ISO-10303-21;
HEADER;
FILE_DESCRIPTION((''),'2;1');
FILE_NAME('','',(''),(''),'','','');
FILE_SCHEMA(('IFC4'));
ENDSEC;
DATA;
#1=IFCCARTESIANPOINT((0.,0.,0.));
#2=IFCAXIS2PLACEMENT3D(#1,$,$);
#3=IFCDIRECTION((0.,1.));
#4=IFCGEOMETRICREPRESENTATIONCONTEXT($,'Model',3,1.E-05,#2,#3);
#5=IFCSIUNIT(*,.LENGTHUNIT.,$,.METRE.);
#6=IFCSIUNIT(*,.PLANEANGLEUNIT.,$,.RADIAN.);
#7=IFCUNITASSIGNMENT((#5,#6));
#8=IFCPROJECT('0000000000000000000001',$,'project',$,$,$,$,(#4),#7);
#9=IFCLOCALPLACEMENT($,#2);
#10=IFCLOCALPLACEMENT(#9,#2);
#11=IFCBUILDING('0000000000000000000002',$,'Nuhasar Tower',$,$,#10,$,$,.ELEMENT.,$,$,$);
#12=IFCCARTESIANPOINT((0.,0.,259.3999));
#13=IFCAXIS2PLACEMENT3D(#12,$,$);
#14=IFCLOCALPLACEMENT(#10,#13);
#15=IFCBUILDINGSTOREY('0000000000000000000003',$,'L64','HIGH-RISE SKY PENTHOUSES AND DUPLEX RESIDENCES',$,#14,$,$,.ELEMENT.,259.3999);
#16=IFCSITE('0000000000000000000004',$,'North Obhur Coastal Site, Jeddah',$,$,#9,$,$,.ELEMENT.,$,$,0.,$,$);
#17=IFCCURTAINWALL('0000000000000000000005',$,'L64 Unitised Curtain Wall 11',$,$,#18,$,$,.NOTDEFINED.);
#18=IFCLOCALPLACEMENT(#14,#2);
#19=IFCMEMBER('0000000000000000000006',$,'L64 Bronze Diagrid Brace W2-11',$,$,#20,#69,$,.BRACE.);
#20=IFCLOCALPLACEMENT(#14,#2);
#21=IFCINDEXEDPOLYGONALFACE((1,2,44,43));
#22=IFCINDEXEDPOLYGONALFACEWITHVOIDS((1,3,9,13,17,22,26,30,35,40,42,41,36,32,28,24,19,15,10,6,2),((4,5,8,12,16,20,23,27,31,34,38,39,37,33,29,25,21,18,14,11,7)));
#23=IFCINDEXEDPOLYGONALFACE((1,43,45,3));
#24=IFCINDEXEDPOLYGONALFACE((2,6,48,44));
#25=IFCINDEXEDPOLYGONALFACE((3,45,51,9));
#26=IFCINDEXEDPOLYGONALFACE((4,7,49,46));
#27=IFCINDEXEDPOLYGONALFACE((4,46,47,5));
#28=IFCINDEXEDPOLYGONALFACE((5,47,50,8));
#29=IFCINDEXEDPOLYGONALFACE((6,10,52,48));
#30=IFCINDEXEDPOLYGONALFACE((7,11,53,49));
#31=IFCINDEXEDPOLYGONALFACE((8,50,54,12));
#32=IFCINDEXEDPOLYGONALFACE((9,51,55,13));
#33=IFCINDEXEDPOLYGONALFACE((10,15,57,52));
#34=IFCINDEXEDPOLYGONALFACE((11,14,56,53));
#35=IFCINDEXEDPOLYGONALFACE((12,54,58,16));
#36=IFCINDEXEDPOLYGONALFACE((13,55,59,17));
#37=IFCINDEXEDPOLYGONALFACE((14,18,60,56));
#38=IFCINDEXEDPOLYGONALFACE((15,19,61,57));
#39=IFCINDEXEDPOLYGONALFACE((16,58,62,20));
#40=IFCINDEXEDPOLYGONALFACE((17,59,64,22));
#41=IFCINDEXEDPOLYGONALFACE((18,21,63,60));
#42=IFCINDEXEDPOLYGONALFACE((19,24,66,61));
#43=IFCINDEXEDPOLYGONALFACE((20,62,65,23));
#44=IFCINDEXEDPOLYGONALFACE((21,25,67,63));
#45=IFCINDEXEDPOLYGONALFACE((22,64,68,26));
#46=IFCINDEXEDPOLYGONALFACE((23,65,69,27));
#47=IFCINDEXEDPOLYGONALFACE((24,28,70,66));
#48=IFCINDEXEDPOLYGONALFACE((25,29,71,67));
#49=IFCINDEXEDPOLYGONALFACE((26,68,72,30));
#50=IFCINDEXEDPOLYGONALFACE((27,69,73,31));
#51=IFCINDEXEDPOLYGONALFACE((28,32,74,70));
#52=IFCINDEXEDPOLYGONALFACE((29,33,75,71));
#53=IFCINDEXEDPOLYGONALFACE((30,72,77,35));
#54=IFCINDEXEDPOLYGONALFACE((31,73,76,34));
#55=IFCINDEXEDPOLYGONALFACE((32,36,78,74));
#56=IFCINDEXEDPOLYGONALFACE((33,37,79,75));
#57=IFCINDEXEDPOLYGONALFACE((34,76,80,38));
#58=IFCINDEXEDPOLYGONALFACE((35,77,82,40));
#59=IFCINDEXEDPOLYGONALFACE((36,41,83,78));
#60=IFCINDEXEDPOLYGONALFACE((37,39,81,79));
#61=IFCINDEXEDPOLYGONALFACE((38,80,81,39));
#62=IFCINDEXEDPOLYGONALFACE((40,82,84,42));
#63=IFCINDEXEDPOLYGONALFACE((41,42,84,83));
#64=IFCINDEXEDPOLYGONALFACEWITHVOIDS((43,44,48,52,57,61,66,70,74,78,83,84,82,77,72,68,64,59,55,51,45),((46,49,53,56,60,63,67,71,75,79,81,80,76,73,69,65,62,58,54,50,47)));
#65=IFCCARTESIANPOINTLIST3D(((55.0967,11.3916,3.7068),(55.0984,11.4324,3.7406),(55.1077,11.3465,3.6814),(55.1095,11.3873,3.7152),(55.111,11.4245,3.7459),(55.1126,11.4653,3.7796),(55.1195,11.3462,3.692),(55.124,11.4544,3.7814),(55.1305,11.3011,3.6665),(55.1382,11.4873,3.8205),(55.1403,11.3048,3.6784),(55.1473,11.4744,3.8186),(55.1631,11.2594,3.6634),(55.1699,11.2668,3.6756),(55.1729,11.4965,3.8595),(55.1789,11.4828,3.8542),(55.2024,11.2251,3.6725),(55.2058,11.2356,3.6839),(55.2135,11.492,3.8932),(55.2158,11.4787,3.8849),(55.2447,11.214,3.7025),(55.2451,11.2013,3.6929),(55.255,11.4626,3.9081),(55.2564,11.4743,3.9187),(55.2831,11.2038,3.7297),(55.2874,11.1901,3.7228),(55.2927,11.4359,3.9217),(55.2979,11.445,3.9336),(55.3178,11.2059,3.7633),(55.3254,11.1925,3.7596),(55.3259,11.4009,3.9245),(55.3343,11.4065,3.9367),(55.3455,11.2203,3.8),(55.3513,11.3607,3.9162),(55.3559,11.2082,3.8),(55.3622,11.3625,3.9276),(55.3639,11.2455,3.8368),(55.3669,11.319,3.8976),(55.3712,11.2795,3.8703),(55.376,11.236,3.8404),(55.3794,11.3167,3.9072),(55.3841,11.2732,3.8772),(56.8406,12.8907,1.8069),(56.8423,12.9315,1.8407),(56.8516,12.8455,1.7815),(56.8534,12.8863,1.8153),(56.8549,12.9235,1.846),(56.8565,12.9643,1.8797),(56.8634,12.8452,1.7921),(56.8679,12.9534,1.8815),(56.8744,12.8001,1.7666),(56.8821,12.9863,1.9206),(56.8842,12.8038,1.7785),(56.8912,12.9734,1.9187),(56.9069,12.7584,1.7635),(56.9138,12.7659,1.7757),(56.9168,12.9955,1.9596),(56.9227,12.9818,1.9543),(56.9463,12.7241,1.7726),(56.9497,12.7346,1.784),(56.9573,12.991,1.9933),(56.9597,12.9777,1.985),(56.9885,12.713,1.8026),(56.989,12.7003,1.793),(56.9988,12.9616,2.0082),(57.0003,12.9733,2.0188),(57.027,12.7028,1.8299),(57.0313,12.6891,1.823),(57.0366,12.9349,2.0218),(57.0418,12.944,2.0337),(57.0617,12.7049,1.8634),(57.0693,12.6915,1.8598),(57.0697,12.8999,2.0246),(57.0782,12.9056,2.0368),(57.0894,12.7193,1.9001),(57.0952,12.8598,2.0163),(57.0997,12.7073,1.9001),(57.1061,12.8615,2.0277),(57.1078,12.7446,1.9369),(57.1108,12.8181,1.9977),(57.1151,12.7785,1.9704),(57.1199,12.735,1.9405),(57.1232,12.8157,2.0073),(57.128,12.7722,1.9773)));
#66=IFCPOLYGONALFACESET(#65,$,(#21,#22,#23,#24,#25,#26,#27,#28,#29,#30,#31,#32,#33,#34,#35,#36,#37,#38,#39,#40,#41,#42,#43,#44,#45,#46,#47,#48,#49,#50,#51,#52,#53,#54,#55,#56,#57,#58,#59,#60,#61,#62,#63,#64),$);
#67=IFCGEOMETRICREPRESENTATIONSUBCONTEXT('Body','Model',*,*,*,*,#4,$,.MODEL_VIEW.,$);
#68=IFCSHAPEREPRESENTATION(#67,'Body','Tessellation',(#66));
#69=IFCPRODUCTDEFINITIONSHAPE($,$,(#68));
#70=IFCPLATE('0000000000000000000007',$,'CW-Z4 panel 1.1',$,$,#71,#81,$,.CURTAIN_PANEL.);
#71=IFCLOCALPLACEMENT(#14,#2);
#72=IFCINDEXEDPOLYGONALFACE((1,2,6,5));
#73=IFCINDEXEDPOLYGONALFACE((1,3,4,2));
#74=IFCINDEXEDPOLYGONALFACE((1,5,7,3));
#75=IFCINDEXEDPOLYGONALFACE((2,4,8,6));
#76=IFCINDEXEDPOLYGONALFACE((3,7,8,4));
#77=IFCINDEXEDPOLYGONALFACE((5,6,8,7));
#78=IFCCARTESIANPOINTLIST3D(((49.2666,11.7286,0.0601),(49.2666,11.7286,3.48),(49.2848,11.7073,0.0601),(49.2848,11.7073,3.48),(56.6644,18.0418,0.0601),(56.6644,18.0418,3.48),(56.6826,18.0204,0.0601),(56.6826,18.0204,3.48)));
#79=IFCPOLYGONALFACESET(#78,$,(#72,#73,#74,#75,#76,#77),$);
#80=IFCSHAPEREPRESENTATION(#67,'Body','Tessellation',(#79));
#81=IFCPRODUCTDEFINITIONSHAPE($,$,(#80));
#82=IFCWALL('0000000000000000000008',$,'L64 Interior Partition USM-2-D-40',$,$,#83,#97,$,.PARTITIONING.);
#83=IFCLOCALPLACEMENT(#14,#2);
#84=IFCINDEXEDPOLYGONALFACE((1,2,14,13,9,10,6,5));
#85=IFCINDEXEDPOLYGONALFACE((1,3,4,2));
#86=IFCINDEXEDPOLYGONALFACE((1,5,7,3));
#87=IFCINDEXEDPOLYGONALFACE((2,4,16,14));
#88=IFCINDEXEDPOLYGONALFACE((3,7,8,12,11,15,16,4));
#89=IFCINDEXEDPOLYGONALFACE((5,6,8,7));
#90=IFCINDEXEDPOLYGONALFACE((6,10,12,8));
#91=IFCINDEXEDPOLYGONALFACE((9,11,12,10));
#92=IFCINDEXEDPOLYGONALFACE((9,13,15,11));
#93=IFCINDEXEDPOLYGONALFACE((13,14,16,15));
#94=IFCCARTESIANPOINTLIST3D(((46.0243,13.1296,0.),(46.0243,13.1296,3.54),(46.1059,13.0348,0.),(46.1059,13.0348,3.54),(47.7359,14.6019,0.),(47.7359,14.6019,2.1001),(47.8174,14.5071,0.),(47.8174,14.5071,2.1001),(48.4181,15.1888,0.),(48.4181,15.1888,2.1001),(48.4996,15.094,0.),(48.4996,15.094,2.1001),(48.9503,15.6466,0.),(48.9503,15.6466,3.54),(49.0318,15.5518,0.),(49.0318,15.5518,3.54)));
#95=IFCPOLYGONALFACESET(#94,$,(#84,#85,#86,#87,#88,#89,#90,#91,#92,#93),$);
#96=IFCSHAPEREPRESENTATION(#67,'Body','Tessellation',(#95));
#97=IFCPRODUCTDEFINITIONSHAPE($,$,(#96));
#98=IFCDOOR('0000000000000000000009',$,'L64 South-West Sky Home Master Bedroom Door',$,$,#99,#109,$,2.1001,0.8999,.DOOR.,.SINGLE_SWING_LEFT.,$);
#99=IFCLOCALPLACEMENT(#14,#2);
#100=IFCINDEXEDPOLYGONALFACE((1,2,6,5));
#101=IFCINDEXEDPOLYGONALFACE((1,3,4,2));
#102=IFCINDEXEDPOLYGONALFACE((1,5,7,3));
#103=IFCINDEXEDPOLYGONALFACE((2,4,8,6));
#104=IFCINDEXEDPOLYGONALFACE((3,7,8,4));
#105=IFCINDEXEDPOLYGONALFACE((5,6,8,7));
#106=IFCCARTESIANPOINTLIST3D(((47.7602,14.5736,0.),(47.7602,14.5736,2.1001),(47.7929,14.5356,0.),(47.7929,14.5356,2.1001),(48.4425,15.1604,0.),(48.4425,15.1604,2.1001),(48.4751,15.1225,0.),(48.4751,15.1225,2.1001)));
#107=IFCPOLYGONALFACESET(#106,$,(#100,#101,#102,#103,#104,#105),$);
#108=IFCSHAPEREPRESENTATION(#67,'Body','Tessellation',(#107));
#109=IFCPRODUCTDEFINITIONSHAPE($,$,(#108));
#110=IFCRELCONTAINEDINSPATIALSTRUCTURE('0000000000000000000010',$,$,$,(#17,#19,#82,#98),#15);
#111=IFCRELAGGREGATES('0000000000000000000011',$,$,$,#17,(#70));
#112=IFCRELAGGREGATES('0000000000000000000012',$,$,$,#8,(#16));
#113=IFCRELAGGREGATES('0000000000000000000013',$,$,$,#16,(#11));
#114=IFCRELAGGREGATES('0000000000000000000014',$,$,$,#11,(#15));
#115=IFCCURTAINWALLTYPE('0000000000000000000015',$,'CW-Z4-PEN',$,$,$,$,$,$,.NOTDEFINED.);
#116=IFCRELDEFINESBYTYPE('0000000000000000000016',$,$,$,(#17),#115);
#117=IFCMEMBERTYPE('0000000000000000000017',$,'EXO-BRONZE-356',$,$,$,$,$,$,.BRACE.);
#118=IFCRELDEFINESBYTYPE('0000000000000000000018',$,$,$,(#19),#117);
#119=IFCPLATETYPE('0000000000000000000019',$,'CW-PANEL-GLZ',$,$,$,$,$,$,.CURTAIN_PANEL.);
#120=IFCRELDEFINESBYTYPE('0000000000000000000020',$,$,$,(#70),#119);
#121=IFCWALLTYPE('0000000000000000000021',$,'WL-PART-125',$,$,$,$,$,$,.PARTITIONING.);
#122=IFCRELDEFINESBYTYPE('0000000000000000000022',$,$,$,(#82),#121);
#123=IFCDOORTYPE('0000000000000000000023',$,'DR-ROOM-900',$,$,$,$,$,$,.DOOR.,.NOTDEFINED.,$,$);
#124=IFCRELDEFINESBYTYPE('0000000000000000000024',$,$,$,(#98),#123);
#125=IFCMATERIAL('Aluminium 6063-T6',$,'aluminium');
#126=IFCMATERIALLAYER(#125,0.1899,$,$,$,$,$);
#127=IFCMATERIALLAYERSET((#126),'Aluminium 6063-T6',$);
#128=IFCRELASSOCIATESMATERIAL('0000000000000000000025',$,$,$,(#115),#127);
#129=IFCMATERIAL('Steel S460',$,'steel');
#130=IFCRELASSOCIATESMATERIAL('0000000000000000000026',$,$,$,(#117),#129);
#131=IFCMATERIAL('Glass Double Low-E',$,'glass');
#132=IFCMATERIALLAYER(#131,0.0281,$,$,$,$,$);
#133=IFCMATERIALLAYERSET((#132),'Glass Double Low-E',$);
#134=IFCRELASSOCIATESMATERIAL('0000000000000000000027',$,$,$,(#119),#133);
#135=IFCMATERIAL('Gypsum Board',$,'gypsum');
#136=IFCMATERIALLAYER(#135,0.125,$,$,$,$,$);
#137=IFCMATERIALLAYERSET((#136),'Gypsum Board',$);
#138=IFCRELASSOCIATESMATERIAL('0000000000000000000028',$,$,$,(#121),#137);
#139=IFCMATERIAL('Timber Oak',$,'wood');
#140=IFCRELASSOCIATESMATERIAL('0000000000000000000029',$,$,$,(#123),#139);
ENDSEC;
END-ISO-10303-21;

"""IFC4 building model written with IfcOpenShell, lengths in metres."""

from ifc_helpers import new_model, si_unit, direction, frame, frame_2d, origin, origin_2d, place, context, subcontext, project, spatial, rectangle, hollow_circle, extrude, material, layer, layer_set, material_profile, profile_set, type_object, element, fill, aggregate, save


model = new_model("IFC4")

# Units and contexts
model_context = context("Model", 3, precision=1e-05, world=origin(), true_north=direction((0.0, 1.0)))
body_context = subcontext(model_context, "Body", "Model", "MODEL_VIEW")
ifc_project = project(units=[si_unit("LENGTHUNIT", "METRE"), si_unit("PLANEANGLEUNIT", "RADIAN")], contexts=[model_context])

# Site, building, storey
site_placement = place(None, origin())
site = spatial("IfcSite", under=ifc_project, at=site_placement, Name="North Obhur Coastal Site, Jeddah", CompositionType="ELEMENT", RefElevation=0.0)
building_placement = place(site_placement, origin())
building = spatial("IfcBuilding", under=site, at=building_placement, Name="Nuhasar Tower", CompositionType="ELEMENT")
storey_placement = place(building_placement, frame((0.0, 0.0, 259.3999)))
storey = spatial("IfcBuildingStorey", under=building, at=storey_placement, Name="L64", Description="HIGH-RISE SKY PENTHOUSES AND DUPLEX RESIDENCES", CompositionType="ELEMENT", Elevation=259.3999)

# Shared definitions
ifc_material_1 = material(Name="Aluminium 6063-T6", Category="aluminium")
ifc_layer_1 = layer(ifc_material_1, 0.1899)
ifc_layer_set_1 = layer_set([ifc_layer_1], Name="Aluminium 6063-T6")
curtain_wall_type = type_object("IfcCurtainWallType", Name="CW-Z4-PEN", PredefinedType="NOTDEFINED", material=ifc_layer_set_1)

# Curtain wall
curtain_wall_1_placement = place(storey_placement, origin())
curtain_wall_1 = element("IfcCurtainWall", 1, at=curtain_wall_1_placement, inside=storey, type_object=curtain_wall_type, Name="L64 Unitised Curtain Wall 11", PredefinedType="NOTDEFINED")

# Member
ifc_material_2 = material(Name="Steel S460", Category="steel")
ifc_material_profile_1 = material_profile(ifc_material_2, hollow_circle(Radius=0.1777, WallThickness=0.0159, at=origin_2d()), Name="HSS355.6X15.9")
ifc_profile_set_1 = profile_set([ifc_material_profile_1], Name="Steel S460")
member_type_1 = type_object("IfcMemberType", Name="EXO-BRONZE-356", PredefinedType="BRACE", material=ifc_profile_set_1)
member_1_placement = place(storey_placement, frame((56.9839, 12.842, 1.9001), z_axis=(-0.584625, -0.502534, 0.636925), x_axis=(0.651857, -0.758342, 0.0)))
element("IfcMember", 2, at=member_1_placement, inside=storey, type_object=member_type_1, Name="L64 Bronze Diagrid Brace W2-11", PredefinedType="BRACE", context=body_context, shape_type="SweptSolid", body=[
    extrude(hollow_circle(Radius=0.1777, WallThickness=0.0159, at=origin_2d()), origin(), (0.0, 0.0, 1.0), 2.9829),
])

# Plate
ifc_material_3 = material(Name="Glass Double Low-E", Category="glass")
ifc_layer_2 = layer(ifc_material_3, 0.0281)
ifc_layer_set_2 = layer_set([ifc_layer_2], Name="Glass Double Low-E")
plate_type = type_object("IfcPlateType", Name="CW-PANEL-GLZ", PredefinedType="CURTAIN_PANEL", material=ifc_layer_set_2)
plate_placement = place(storey_placement, frame((52.9746, 14.8745, 0.0601), z_axis=(0.0, 0.0, 1.0), x_axis=(0.760667, 0.649142, 0.0)))
plate = element("IfcPlate", 3, at=plate_placement, type_object=plate_type, Name="CW-Z4 panel 1.1", PredefinedType="CURTAIN_PANEL", context=body_context, shape_type="SweptSolid", body=[
    extrude(rectangle(XDim=9.7253, YDim=0.0281, at=origin_2d()), origin(), (0.0, 0.0, 1.0), 3.4199),
])
aggregate(curtain_wall_1, [plate])

# Wall, opening, door
ifc_material_4 = material(Name="Gypsum Board", Category="gypsum")
ifc_layer_3 = layer(ifc_material_4, 0.125)
ifc_layer_set_3 = layer_set([ifc_layer_3], Name="Gypsum Board")
wall_type = type_object("IfcWallType", Name="WL-PART-125", PredefinedType="PARTITIONING", material=ifc_layer_set_3)
wall_placement = place(storey_placement, frame((48.991, 15.5991, 0.0), z_axis=(0.0, 0.0, 1.0), x_axis=(-0.758095, -0.652145, 0.0)))
wall = element("IfcWall", 4, at=wall_placement, inside=storey, type_object=wall_type, Name="L64 Interior Partition USM-2-D-40", PredefinedType="PARTITIONING", context=body_context, shape_type="SweptSolid", body=[
    extrude(rectangle(XDim=3.8596, YDim=0.125, at=frame_2d((1.9297, 0.0))), origin(), (0.0, 0.0, 1.0), 3.54),
])
opening_placement = place(wall_placement, frame((0.7019, 0.0, 0.0)))
opening = element("IfcOpeningElement", 5, at=opening_placement, cuts=wall, PredefinedType="OPENING", context=body_context, shape_type="SweptSolid", body=[
    extrude(rectangle(XDim=0.8999, YDim=2.1001, at=frame_2d((0.45, 1.05))), frame((0.0, 0.0725, 0.0), z_axis=(0.0, -1.0, 0.0), x_axis=(1.0, 0.0, 0.0)), (0.0, 0.0, 1.0), 0.145),
])
ifc_material_5 = material(Name="Timber Oak", Category="wood")
door_type = type_object("IfcDoorType", Name="DR-ROOM-900", OperationType="NOTDEFINED", PredefinedType="DOOR", material=ifc_material_5)
door_placement = place(opening_placement, origin())
door = element("IfcDoor", 6, at=door_placement, inside=storey, type_object=door_type, Name="L64 South-West Sky Home Master Bedroom Door", OperationType="SINGLE_SWING_LEFT", OverallHeight=2.1001, OverallWidth=0.8999, PredefinedType="DOOR", context=body_context, shape_type="SweptSolid", body=[
    extrude(rectangle(XDim=0.8999, YDim=2.1001, at=frame_2d((0.45, 1.05))), frame((0.0, 0.0249, 0.0), z_axis=(0.0, -1.0, 0.0), x_axis=(1.0, 0.0, 0.0)), (0.0, 0.0, 1.0), 0.05),
])
fill(opening, door)

save(model, "model.ifc")
